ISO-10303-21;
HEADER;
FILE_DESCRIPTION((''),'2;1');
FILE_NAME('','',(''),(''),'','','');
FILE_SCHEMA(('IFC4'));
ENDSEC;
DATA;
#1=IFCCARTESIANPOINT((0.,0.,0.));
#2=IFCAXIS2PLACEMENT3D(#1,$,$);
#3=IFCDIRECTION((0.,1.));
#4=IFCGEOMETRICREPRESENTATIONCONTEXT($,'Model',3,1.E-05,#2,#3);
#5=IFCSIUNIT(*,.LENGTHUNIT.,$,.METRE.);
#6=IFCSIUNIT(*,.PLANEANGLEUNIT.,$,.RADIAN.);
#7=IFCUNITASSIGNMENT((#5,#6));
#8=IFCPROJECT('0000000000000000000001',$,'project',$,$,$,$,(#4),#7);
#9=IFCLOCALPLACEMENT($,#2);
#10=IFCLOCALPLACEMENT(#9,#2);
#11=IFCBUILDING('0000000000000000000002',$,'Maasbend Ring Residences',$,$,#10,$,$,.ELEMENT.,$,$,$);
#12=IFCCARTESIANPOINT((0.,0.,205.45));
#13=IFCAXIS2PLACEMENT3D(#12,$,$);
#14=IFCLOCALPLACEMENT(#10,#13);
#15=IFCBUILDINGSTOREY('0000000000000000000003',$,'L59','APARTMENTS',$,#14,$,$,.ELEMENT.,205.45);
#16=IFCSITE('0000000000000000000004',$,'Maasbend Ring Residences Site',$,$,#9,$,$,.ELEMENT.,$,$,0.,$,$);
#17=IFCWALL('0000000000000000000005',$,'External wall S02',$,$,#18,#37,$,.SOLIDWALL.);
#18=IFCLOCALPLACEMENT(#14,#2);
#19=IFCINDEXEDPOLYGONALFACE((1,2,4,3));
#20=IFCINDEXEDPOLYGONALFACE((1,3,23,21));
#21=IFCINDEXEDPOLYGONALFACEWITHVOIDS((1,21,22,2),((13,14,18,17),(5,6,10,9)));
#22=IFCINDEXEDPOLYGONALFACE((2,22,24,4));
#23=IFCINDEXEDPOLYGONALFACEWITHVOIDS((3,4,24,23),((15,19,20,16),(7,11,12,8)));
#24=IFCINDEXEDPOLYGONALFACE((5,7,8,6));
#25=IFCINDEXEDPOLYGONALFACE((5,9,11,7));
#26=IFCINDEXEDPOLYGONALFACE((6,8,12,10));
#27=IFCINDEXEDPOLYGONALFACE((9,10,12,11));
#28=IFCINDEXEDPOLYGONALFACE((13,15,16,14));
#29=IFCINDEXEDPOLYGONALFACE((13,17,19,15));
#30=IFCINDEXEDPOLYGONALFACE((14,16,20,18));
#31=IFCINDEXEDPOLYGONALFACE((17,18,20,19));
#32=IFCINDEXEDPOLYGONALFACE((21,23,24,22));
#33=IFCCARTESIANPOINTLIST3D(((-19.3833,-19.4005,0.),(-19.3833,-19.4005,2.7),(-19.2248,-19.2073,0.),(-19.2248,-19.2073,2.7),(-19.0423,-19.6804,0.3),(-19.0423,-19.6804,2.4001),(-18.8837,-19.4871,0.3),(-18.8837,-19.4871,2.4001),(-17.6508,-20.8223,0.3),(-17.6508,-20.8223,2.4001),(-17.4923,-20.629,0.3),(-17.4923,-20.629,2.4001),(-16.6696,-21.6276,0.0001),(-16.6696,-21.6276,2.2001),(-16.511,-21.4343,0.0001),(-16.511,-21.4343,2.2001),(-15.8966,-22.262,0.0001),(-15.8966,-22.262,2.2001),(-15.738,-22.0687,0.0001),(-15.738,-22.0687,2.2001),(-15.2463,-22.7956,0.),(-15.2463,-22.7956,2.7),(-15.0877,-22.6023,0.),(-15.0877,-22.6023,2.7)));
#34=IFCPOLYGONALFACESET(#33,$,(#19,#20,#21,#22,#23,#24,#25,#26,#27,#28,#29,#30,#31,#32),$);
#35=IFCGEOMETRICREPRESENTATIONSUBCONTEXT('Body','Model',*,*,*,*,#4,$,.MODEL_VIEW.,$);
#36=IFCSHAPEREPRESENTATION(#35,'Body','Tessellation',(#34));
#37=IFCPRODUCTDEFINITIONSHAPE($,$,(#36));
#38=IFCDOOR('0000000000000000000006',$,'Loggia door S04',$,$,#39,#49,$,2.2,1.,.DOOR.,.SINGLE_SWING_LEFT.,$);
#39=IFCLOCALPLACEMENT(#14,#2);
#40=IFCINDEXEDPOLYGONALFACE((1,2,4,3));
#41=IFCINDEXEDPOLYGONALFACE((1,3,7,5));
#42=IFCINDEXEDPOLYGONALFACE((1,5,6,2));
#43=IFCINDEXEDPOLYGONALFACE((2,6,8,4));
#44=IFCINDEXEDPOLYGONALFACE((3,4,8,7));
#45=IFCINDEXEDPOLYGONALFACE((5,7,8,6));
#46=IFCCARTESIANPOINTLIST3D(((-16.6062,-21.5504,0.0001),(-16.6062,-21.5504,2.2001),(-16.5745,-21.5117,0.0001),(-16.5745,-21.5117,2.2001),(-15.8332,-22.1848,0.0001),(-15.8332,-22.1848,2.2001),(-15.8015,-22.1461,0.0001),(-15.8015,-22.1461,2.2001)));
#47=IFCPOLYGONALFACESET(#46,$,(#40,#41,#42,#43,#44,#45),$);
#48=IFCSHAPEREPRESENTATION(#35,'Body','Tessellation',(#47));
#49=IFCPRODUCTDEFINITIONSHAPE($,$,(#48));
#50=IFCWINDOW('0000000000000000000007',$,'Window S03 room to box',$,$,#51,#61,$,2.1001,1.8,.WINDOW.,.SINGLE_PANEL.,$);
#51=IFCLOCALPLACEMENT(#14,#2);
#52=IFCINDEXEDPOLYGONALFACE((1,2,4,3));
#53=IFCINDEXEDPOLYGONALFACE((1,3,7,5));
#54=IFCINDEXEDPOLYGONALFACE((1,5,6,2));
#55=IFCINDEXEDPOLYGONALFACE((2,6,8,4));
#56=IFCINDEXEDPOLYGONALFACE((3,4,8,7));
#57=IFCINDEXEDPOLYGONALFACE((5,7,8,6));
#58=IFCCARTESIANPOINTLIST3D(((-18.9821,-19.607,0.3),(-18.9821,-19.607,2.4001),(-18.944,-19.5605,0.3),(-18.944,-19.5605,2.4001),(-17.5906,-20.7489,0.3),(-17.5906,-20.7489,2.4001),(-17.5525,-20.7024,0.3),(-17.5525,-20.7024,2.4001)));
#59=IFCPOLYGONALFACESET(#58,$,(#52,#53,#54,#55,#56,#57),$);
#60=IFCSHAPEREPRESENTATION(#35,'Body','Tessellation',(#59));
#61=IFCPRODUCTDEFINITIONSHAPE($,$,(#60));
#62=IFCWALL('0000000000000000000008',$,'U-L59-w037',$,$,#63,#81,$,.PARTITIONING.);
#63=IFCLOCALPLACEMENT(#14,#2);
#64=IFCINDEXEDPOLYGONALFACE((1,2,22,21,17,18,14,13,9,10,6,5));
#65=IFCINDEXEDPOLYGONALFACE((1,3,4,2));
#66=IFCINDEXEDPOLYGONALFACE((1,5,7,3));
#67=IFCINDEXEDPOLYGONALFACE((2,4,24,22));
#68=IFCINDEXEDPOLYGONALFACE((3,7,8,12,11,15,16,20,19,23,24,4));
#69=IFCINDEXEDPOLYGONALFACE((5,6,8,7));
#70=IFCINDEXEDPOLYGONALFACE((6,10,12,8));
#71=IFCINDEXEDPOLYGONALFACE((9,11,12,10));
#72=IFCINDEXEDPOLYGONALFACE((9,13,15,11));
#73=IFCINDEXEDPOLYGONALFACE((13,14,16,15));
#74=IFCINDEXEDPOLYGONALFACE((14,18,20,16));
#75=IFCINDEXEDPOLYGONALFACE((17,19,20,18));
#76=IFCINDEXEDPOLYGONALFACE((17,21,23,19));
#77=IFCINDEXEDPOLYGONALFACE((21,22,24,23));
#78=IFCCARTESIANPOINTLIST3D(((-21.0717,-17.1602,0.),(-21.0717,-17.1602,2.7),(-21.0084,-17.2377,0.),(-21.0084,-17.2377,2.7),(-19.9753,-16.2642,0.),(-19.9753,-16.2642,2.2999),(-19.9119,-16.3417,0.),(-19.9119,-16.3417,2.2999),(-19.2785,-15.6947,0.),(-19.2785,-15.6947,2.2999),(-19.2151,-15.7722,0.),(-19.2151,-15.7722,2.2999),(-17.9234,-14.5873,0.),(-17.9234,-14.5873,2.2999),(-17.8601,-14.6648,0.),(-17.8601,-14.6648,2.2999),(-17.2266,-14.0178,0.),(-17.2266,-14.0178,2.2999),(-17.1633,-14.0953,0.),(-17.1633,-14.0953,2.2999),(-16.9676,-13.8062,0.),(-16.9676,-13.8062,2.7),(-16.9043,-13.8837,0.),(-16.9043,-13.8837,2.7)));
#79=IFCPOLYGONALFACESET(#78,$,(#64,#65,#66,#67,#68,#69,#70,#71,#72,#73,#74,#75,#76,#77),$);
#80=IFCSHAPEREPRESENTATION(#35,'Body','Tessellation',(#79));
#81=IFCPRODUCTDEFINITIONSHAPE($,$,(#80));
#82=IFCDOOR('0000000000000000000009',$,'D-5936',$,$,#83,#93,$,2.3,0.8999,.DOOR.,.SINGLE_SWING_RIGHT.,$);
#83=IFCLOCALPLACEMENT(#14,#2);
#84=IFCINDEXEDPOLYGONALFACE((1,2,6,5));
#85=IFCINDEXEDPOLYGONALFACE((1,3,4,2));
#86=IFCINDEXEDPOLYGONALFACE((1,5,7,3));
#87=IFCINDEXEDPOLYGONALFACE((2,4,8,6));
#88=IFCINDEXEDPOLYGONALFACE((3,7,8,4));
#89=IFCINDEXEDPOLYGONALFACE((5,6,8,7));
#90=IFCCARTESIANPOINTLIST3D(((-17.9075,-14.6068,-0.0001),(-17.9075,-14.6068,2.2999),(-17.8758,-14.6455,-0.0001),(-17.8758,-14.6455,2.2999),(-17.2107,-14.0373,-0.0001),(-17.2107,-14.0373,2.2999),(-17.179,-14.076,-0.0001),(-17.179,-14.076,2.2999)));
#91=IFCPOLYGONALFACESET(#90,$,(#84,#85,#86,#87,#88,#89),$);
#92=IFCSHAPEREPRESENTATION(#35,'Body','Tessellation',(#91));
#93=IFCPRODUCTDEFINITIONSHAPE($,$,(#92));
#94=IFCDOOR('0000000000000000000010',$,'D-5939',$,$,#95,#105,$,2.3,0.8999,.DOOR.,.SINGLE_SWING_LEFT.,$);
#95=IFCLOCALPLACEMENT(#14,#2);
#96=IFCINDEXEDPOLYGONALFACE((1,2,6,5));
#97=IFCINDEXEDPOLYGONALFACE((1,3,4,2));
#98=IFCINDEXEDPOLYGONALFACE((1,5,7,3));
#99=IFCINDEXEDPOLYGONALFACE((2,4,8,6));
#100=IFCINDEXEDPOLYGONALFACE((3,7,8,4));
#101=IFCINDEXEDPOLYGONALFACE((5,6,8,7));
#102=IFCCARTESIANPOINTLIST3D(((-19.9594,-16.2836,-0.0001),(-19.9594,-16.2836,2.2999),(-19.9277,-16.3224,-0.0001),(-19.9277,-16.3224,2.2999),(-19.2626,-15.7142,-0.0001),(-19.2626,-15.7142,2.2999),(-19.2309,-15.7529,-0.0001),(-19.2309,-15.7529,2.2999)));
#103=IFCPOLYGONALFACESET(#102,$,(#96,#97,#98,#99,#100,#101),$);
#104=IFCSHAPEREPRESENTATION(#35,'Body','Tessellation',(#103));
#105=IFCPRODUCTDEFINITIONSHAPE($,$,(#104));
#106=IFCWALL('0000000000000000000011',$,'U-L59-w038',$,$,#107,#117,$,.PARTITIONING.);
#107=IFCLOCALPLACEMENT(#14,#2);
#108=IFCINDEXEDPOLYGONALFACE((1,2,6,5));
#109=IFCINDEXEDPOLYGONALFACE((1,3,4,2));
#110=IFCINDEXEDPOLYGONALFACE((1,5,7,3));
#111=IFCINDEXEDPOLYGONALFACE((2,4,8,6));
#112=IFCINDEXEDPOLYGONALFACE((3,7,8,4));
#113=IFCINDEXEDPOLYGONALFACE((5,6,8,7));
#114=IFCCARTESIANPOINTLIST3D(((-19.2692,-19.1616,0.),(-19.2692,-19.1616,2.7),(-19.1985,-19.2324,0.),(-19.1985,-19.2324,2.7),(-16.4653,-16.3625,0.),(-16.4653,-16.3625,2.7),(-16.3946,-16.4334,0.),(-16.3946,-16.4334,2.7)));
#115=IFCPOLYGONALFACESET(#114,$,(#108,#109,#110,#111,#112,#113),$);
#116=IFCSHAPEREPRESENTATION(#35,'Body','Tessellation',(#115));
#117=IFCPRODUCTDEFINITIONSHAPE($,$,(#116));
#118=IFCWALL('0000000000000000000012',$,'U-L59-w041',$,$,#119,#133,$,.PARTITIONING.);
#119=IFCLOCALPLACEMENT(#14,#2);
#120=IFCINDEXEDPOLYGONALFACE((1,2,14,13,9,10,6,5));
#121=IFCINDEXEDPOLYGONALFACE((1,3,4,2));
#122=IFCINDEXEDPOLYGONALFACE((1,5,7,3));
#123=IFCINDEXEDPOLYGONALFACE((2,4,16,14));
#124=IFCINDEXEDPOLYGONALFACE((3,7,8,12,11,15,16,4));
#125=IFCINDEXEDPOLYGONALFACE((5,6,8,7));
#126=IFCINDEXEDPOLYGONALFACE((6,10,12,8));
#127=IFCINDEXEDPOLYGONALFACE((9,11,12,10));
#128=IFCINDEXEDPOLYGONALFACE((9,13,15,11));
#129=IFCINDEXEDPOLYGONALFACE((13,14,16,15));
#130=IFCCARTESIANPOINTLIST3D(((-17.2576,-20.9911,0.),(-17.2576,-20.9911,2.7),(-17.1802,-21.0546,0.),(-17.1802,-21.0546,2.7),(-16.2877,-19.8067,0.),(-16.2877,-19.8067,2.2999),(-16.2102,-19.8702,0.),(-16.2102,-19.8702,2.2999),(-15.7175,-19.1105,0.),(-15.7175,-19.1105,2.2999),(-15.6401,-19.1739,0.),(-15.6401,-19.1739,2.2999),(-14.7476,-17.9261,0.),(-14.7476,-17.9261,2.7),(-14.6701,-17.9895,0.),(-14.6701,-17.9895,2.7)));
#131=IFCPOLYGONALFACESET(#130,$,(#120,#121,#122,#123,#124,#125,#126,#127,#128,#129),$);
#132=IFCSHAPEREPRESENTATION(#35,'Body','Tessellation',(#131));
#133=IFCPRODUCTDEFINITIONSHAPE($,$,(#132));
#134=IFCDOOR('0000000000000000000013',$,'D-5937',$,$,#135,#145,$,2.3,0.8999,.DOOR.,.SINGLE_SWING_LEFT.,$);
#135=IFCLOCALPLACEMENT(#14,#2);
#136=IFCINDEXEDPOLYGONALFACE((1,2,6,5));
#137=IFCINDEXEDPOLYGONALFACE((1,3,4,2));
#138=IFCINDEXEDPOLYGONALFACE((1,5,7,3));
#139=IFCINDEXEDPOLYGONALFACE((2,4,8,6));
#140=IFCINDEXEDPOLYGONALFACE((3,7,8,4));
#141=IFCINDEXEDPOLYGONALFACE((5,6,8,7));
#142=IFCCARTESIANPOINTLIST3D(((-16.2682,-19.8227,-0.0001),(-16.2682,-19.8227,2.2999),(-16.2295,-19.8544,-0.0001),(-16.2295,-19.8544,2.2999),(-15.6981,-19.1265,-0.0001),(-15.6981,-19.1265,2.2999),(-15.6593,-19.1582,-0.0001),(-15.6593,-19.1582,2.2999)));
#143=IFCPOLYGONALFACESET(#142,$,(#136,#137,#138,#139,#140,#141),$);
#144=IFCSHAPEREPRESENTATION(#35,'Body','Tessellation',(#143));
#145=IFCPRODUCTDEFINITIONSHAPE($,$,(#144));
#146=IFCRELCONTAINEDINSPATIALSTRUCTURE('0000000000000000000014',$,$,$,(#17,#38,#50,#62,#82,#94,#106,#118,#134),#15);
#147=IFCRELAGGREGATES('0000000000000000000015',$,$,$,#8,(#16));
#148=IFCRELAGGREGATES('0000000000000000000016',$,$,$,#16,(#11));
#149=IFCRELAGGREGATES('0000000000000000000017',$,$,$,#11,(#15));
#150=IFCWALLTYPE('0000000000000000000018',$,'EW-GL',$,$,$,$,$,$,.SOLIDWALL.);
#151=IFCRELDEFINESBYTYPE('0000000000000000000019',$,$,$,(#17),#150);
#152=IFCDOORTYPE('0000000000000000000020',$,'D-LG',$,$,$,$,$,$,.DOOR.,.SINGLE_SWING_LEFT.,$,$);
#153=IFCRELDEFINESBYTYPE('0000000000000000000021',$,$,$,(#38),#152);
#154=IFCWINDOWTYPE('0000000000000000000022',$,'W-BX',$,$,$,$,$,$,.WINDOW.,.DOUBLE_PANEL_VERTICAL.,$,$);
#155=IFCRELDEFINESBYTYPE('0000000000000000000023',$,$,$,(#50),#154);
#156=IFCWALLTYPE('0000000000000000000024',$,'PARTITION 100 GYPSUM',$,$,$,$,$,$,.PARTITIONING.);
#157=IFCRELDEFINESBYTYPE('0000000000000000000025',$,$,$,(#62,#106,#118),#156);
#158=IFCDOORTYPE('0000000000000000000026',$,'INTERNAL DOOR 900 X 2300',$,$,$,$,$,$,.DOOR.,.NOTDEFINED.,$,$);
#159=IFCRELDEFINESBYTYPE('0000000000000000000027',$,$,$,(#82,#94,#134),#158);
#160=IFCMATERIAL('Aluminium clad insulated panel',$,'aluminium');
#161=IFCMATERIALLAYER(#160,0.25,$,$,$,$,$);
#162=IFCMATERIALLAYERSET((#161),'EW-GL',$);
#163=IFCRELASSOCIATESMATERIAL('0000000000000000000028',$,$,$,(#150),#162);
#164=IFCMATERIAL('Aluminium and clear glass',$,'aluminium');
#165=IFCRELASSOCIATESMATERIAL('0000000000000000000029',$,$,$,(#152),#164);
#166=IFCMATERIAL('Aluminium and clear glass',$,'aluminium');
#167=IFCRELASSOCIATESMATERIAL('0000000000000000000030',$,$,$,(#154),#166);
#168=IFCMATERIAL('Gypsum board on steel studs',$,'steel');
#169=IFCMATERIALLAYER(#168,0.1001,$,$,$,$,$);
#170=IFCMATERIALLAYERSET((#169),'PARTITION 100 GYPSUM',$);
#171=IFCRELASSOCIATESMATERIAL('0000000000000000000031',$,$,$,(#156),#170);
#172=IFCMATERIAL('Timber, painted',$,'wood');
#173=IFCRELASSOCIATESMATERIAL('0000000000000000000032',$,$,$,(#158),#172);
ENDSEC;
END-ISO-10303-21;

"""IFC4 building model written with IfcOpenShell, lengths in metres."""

from ifc_helpers import new_model, si_unit, direction, frame, frame_2d, origin, place, context, subcontext, project, spatial, rectangle, extrude, material, layer, layer_set, type_object, element, fill, save


model = new_model("IFC4")

# Units and contexts
model_context = context("Model", 3, precision=1e-05, world=origin(), true_north=direction((0.0, 1.0)))
body_context = subcontext(model_context, "Body", "Model", "MODEL_VIEW")
ifc_project = project(units=[si_unit("LENGTHUNIT", "METRE"), si_unit("PLANEANGLEUNIT", "RADIAN")], contexts=[model_context])

# Site, building, storey
site_placement = place(None, origin())
site = spatial("IfcSite", under=ifc_project, at=site_placement, Name="Maasbend Ring Residences Site", CompositionType="ELEMENT", RefElevation=0.0)
building_placement = place(site_placement, origin())
building = spatial("IfcBuilding", under=site, at=building_placement, Name="Maasbend Ring Residences", CompositionType="ELEMENT")
storey_placement = place(building_placement, frame((0.0, 0.0, 205.45)))
storey = spatial("IfcBuildingStorey", under=building, at=storey_placement, Name="L59", Description="APARTMENTS", CompositionType="ELEMENT", Elevation=205.45)

# Wall, openings, door, window
ifc_material_1 = material(Name="Aluminium clad insulated panel", Category="aluminium")
ifc_layer_1 = layer(ifc_material_1, 0.25)
ifc_layer_set_1 = layer_set([ifc_layer_1], Name="EW-GL")
wall_type_1 = type_object("IfcWallType", Name="EW-GL", PredefinedType="SOLIDWALL", material=ifc_layer_set_1)
wall_1_placement = place(storey_placement, frame((-19.304, -19.304, 0.0), z_axis=(0.0, 0.0, 1.0), x_axis=(0.773019, -0.634382, 0.0)))
wall_1 = element("IfcWall", 1, at=wall_1_placement, inside=storey, type_object=wall_type_1, Name="External wall S02", PredefinedType="SOLIDWALL", context=body_context, shape_type="SweptSolid", body=[
    extrude(rectangle(XDim=5.3518, YDim=0.25, at=frame_2d((2.6758, 0.0))), origin(), (0.0, 0.0, 1.0), 2.7),
])
opening_1_placement = place(wall_1_placement, frame((0.4412, 0.0, 0.3)))
opening_1 = element("IfcOpeningElement", 2, at=opening_1_placement, cuts=wall_1, PredefinedType="OPENING", context=body_context, shape_type="SweptSolid", body=[
    extrude(rectangle(XDim=1.8, YDim=2.1001, at=frame_2d((0.8999, 1.05))), frame((0.0, 0.135, 0.0), z_axis=(0.0, -1.0, 0.0), x_axis=(1.0, 0.0, 0.0)), (0.0, 0.0, 1.0), 0.27),
])
opening_2_placement = place(wall_1_placement, frame((3.5105, 0.0, 0.0)))
opening_2 = element("IfcOpeningElement", 3, at=opening_2_placement, cuts=wall_1, PredefinedType="OPENING", context=body_context, shape_type="SweptSolid", body=[
    extrude(rectangle(XDim=1.0, YDim=2.2, at=frame_2d((0.5, 1.1001))), frame((0.0, 0.135, 0.0), z_axis=(0.0, -1.0, 0.0), x_axis=(1.0, 0.0, 0.0)), (0.0, 0.0, 1.0), 0.27),
])
ifc_material_2 = material(Name="Aluminium and clear glass", Category="aluminium")
door_type_1 = type_object("IfcDoorType", Name="D-LG", OperationType="SINGLE_SWING_LEFT", PredefinedType="DOOR", material=ifc_material_2)
door_1_placement = place(opening_2_placement, origin())
door_1 = element("IfcDoor", 4, at=door_1_placement, inside=storey, type_object=door_type_1, Name="Loggia door S04", OperationType="SINGLE_SWING_LEFT", OverallHeight=2.2, OverallWidth=1.0, PredefinedType="DOOR", context=body_context, shape_type="SweptSolid", body=[
    extrude(rectangle(XDim=1.0, YDim=2.2, at=frame_2d((0.5, 1.1001))), frame((0.0, 0.0249, 0.0), z_axis=(0.0, -1.0, 0.0), x_axis=(1.0, 0.0, 0.0)), (0.0, 0.0, 1.0), 0.05),
])
fill(opening_2, door_1)
ifc_material_3 = material(Name="Aluminium and clear glass", Category="aluminium")
window_type_1 = type_object("IfcWindowType", Name="W-BX", PartitioningType="DOUBLE_PANEL_VERTICAL", PredefinedType="WINDOW", material=ifc_material_3)
window_1_placement = place(opening_1_placement, origin())
window_1 = element("IfcWindow", 5, at=window_1_placement, inside=storey, type_object=window_type_1, Name="Window S03 room to box", OverallHeight=2.1001, OverallWidth=1.8, PartitioningType="SINGLE_PANEL", PredefinedType="WINDOW", context=body_context, shape_type="SweptSolid", body=[
    extrude(rectangle(XDim=1.8, YDim=2.1001, at=frame_2d((0.8999, 1.05))), frame((0.0, 0.03, 0.0), z_axis=(0.0, -1.0, 0.0), x_axis=(1.0, 0.0, 0.0)), (0.0, 0.0, 1.0), 0.0601),
])
fill(opening_1, window_1)

# Wall, openings, doors
ifc_material_4 = material(Name="Gypsum board on steel studs", Category="steel")
ifc_layer_2 = layer(ifc_material_4, 0.1001)
ifc_layer_set_2 = layer_set([ifc_layer_2], Name="PARTITION 100 GYPSUM")
wall_type_2 = type_object("IfcWallType", Name="PARTITION 100 GYPSUM", PredefinedType="PARTITIONING", material=ifc_layer_set_2)
wall_2_placement = place(storey_placement, frame((-21.04, -17.199, 0.0), z_axis=(0.0, 0.0, 1.0), x_axis=(0.77431, 0.632806, 0.0)))
wall_2 = element("IfcWall", 6, at=wall_2_placement, inside=storey, type_object=wall_type_2, Name="U-L59-w037", PredefinedType="PARTITIONING", context=body_context, shape_type="SweptSolid", body=[
    extrude(rectangle(XDim=5.3003, YDim=0.1001, at=frame_2d((2.6501, 0.0))), origin(), (0.0, 0.0, 1.0), 2.7),
])
opening_3_placement = place(wall_2_placement, frame((4.0659, 0.0, 0.0)))
opening_3 = element("IfcOpeningElement", 7, at=opening_3_placement, cuts=wall_2, PredefinedType="OPENING", context=body_context, shape_type="SweptSolid", body=[
    extrude(rectangle(XDim=0.8999, YDim=2.3, at=frame_2d((0.45, 1.1499))), frame((0.0, 0.0601, 0.0), z_axis=(0.0, -1.0, 0.0), x_axis=(1.0, 0.0, 0.0)), (0.0, 0.0, 1.0), 0.1201),
])
opening_4_placement = place(wall_2_placement, frame((1.416, 0.0, 0.0)))
opening_4 = element("IfcOpeningElement", 8, at=opening_4_placement, cuts=wall_2, PredefinedType="OPENING", context=body_context, shape_type="SweptSolid", body=[
    extrude(rectangle(XDim=0.8999, YDim=2.3, at=frame_2d((0.45, 1.1499))), frame((0.0, 0.0601, 0.0), z_axis=(0.0, -1.0, 0.0), x_axis=(1.0, 0.0, 0.0)), (0.0, 0.0, 1.0), 0.1201),
])
ifc_material_5 = material(Name="Timber, painted", Category="wood")
door_type_2 = type_object("IfcDoorType", Name="INTERNAL DOOR 900 X 2300", OperationType="NOTDEFINED", PredefinedType="DOOR", material=ifc_material_5)
door_2_placement = place(opening_3_placement, origin())
door_2 = element("IfcDoor", 9, at=door_2_placement, inside=storey, type_object=door_type_2, Name="D-5936", OperationType="SINGLE_SWING_RIGHT", OverallHeight=2.3, OverallWidth=0.8999, PredefinedType="DOOR", context=body_context, shape_type="SweptSolid", body=[
    extrude(rectangle(XDim=0.8999, YDim=2.3, at=frame_2d((0.45, 1.1499))), frame((0.0, 0.0249, 0.0), z_axis=(0.0, -1.0, 0.0), x_axis=(1.0, 0.0, 0.0)), (0.0, 0.0, 1.0), 0.05),
])
fill(opening_3, door_2)
door_3_placement = place(opening_4_placement, origin())
door_3 = element("IfcDoor", 10, at=door_3_placement, inside=storey, type_object=door_type_2, Name="D-5939", OperationType="SINGLE_SWING_LEFT", OverallHeight=2.3, OverallWidth=0.8999, PredefinedType="DOOR", context=body_context, shape_type="SweptSolid", body=[
    extrude(rectangle(XDim=0.8999, YDim=2.3, at=frame_2d((0.45, 1.1499))), frame((0.0, 0.0249, 0.0), z_axis=(0.0, -1.0, 0.0), x_axis=(1.0, 0.0, 0.0)), (0.0, 0.0, 1.0), 0.05),
])
fill(opening_4, door_3)

# Wall
wall_3_placement = place(storey_placement, frame((-19.2339, -19.197, 0.0), z_axis=(0.0, 0.0, 1.0), x_axis=(0.707723, 0.70649, 0.0)))
element("IfcWall", 11, at=wall_3_placement, inside=storey, type_object=wall_type_2, Name="U-L59-w038", PredefinedType="PARTITIONING", context=body_context, shape_type="SweptSolid", body=[
    extrude(rectangle(XDim=3.9619, YDim=0.1001, at=frame_2d((1.981, 0.0))), origin(), (0.0, 0.0, 1.0), 2.7),
])

# Wall, opening, door
wall_4_placement = place(storey_placement, frame((-17.219, -21.0229, 0.0), z_axis=(0.0, 0.0, 1.0), x_axis=(0.63359, 0.773669, 0.0)))
wall_4 = element("IfcWall", 12, at=wall_4_placement, inside=storey, type_object=wall_type_2, Name="U-L59-w041", PredefinedType="PARTITIONING", context=body_context, shape_type="SweptSolid", body=[
    extrude(rectangle(XDim=3.9617, YDim=0.1001, at=frame_2d((1.981, 0.0))), origin(), (0.0, 0.0, 1.0), 2.7),
])
opening_5_placement = place(wall_4_placement, frame((1.531, 0.0, 0.0)))
opening_5 = element("IfcOpeningElement", 13, at=opening_5_placement, cuts=wall_4, PredefinedType="OPENING", context=body_context, shape_type="SweptSolid", body=[
    extrude(rectangle(XDim=0.8999, YDim=2.3, at=frame_2d((0.45, 1.1499))), frame((0.0, 0.0601, 0.0), z_axis=(0.0, -1.0, 0.0), x_axis=(1.0, 0.0, 0.0)), (0.0, 0.0, 1.0), 0.1201),
])
door_4_placement = place(opening_5_placement, origin())
door_4 = element("IfcDoor", 14, at=door_4_placement, inside=storey, type_object=door_type_2, Name="D-5937", OperationType="SINGLE_SWING_LEFT", OverallHeight=2.3, OverallWidth=0.8999, PredefinedType="DOOR", context=body_context, shape_type="SweptSolid", body=[
    extrude(rectangle(XDim=0.8999, YDim=2.3, at=frame_2d((0.45, 1.1499))), frame((0.0, 0.0249, 0.0), z_axis=(0.0, -1.0, 0.0), x_axis=(1.0, 0.0, 0.0)), (0.0, 0.0, 1.0), 0.05),
])
fill(opening_5, door_4)

save(model, "model.ifc")
